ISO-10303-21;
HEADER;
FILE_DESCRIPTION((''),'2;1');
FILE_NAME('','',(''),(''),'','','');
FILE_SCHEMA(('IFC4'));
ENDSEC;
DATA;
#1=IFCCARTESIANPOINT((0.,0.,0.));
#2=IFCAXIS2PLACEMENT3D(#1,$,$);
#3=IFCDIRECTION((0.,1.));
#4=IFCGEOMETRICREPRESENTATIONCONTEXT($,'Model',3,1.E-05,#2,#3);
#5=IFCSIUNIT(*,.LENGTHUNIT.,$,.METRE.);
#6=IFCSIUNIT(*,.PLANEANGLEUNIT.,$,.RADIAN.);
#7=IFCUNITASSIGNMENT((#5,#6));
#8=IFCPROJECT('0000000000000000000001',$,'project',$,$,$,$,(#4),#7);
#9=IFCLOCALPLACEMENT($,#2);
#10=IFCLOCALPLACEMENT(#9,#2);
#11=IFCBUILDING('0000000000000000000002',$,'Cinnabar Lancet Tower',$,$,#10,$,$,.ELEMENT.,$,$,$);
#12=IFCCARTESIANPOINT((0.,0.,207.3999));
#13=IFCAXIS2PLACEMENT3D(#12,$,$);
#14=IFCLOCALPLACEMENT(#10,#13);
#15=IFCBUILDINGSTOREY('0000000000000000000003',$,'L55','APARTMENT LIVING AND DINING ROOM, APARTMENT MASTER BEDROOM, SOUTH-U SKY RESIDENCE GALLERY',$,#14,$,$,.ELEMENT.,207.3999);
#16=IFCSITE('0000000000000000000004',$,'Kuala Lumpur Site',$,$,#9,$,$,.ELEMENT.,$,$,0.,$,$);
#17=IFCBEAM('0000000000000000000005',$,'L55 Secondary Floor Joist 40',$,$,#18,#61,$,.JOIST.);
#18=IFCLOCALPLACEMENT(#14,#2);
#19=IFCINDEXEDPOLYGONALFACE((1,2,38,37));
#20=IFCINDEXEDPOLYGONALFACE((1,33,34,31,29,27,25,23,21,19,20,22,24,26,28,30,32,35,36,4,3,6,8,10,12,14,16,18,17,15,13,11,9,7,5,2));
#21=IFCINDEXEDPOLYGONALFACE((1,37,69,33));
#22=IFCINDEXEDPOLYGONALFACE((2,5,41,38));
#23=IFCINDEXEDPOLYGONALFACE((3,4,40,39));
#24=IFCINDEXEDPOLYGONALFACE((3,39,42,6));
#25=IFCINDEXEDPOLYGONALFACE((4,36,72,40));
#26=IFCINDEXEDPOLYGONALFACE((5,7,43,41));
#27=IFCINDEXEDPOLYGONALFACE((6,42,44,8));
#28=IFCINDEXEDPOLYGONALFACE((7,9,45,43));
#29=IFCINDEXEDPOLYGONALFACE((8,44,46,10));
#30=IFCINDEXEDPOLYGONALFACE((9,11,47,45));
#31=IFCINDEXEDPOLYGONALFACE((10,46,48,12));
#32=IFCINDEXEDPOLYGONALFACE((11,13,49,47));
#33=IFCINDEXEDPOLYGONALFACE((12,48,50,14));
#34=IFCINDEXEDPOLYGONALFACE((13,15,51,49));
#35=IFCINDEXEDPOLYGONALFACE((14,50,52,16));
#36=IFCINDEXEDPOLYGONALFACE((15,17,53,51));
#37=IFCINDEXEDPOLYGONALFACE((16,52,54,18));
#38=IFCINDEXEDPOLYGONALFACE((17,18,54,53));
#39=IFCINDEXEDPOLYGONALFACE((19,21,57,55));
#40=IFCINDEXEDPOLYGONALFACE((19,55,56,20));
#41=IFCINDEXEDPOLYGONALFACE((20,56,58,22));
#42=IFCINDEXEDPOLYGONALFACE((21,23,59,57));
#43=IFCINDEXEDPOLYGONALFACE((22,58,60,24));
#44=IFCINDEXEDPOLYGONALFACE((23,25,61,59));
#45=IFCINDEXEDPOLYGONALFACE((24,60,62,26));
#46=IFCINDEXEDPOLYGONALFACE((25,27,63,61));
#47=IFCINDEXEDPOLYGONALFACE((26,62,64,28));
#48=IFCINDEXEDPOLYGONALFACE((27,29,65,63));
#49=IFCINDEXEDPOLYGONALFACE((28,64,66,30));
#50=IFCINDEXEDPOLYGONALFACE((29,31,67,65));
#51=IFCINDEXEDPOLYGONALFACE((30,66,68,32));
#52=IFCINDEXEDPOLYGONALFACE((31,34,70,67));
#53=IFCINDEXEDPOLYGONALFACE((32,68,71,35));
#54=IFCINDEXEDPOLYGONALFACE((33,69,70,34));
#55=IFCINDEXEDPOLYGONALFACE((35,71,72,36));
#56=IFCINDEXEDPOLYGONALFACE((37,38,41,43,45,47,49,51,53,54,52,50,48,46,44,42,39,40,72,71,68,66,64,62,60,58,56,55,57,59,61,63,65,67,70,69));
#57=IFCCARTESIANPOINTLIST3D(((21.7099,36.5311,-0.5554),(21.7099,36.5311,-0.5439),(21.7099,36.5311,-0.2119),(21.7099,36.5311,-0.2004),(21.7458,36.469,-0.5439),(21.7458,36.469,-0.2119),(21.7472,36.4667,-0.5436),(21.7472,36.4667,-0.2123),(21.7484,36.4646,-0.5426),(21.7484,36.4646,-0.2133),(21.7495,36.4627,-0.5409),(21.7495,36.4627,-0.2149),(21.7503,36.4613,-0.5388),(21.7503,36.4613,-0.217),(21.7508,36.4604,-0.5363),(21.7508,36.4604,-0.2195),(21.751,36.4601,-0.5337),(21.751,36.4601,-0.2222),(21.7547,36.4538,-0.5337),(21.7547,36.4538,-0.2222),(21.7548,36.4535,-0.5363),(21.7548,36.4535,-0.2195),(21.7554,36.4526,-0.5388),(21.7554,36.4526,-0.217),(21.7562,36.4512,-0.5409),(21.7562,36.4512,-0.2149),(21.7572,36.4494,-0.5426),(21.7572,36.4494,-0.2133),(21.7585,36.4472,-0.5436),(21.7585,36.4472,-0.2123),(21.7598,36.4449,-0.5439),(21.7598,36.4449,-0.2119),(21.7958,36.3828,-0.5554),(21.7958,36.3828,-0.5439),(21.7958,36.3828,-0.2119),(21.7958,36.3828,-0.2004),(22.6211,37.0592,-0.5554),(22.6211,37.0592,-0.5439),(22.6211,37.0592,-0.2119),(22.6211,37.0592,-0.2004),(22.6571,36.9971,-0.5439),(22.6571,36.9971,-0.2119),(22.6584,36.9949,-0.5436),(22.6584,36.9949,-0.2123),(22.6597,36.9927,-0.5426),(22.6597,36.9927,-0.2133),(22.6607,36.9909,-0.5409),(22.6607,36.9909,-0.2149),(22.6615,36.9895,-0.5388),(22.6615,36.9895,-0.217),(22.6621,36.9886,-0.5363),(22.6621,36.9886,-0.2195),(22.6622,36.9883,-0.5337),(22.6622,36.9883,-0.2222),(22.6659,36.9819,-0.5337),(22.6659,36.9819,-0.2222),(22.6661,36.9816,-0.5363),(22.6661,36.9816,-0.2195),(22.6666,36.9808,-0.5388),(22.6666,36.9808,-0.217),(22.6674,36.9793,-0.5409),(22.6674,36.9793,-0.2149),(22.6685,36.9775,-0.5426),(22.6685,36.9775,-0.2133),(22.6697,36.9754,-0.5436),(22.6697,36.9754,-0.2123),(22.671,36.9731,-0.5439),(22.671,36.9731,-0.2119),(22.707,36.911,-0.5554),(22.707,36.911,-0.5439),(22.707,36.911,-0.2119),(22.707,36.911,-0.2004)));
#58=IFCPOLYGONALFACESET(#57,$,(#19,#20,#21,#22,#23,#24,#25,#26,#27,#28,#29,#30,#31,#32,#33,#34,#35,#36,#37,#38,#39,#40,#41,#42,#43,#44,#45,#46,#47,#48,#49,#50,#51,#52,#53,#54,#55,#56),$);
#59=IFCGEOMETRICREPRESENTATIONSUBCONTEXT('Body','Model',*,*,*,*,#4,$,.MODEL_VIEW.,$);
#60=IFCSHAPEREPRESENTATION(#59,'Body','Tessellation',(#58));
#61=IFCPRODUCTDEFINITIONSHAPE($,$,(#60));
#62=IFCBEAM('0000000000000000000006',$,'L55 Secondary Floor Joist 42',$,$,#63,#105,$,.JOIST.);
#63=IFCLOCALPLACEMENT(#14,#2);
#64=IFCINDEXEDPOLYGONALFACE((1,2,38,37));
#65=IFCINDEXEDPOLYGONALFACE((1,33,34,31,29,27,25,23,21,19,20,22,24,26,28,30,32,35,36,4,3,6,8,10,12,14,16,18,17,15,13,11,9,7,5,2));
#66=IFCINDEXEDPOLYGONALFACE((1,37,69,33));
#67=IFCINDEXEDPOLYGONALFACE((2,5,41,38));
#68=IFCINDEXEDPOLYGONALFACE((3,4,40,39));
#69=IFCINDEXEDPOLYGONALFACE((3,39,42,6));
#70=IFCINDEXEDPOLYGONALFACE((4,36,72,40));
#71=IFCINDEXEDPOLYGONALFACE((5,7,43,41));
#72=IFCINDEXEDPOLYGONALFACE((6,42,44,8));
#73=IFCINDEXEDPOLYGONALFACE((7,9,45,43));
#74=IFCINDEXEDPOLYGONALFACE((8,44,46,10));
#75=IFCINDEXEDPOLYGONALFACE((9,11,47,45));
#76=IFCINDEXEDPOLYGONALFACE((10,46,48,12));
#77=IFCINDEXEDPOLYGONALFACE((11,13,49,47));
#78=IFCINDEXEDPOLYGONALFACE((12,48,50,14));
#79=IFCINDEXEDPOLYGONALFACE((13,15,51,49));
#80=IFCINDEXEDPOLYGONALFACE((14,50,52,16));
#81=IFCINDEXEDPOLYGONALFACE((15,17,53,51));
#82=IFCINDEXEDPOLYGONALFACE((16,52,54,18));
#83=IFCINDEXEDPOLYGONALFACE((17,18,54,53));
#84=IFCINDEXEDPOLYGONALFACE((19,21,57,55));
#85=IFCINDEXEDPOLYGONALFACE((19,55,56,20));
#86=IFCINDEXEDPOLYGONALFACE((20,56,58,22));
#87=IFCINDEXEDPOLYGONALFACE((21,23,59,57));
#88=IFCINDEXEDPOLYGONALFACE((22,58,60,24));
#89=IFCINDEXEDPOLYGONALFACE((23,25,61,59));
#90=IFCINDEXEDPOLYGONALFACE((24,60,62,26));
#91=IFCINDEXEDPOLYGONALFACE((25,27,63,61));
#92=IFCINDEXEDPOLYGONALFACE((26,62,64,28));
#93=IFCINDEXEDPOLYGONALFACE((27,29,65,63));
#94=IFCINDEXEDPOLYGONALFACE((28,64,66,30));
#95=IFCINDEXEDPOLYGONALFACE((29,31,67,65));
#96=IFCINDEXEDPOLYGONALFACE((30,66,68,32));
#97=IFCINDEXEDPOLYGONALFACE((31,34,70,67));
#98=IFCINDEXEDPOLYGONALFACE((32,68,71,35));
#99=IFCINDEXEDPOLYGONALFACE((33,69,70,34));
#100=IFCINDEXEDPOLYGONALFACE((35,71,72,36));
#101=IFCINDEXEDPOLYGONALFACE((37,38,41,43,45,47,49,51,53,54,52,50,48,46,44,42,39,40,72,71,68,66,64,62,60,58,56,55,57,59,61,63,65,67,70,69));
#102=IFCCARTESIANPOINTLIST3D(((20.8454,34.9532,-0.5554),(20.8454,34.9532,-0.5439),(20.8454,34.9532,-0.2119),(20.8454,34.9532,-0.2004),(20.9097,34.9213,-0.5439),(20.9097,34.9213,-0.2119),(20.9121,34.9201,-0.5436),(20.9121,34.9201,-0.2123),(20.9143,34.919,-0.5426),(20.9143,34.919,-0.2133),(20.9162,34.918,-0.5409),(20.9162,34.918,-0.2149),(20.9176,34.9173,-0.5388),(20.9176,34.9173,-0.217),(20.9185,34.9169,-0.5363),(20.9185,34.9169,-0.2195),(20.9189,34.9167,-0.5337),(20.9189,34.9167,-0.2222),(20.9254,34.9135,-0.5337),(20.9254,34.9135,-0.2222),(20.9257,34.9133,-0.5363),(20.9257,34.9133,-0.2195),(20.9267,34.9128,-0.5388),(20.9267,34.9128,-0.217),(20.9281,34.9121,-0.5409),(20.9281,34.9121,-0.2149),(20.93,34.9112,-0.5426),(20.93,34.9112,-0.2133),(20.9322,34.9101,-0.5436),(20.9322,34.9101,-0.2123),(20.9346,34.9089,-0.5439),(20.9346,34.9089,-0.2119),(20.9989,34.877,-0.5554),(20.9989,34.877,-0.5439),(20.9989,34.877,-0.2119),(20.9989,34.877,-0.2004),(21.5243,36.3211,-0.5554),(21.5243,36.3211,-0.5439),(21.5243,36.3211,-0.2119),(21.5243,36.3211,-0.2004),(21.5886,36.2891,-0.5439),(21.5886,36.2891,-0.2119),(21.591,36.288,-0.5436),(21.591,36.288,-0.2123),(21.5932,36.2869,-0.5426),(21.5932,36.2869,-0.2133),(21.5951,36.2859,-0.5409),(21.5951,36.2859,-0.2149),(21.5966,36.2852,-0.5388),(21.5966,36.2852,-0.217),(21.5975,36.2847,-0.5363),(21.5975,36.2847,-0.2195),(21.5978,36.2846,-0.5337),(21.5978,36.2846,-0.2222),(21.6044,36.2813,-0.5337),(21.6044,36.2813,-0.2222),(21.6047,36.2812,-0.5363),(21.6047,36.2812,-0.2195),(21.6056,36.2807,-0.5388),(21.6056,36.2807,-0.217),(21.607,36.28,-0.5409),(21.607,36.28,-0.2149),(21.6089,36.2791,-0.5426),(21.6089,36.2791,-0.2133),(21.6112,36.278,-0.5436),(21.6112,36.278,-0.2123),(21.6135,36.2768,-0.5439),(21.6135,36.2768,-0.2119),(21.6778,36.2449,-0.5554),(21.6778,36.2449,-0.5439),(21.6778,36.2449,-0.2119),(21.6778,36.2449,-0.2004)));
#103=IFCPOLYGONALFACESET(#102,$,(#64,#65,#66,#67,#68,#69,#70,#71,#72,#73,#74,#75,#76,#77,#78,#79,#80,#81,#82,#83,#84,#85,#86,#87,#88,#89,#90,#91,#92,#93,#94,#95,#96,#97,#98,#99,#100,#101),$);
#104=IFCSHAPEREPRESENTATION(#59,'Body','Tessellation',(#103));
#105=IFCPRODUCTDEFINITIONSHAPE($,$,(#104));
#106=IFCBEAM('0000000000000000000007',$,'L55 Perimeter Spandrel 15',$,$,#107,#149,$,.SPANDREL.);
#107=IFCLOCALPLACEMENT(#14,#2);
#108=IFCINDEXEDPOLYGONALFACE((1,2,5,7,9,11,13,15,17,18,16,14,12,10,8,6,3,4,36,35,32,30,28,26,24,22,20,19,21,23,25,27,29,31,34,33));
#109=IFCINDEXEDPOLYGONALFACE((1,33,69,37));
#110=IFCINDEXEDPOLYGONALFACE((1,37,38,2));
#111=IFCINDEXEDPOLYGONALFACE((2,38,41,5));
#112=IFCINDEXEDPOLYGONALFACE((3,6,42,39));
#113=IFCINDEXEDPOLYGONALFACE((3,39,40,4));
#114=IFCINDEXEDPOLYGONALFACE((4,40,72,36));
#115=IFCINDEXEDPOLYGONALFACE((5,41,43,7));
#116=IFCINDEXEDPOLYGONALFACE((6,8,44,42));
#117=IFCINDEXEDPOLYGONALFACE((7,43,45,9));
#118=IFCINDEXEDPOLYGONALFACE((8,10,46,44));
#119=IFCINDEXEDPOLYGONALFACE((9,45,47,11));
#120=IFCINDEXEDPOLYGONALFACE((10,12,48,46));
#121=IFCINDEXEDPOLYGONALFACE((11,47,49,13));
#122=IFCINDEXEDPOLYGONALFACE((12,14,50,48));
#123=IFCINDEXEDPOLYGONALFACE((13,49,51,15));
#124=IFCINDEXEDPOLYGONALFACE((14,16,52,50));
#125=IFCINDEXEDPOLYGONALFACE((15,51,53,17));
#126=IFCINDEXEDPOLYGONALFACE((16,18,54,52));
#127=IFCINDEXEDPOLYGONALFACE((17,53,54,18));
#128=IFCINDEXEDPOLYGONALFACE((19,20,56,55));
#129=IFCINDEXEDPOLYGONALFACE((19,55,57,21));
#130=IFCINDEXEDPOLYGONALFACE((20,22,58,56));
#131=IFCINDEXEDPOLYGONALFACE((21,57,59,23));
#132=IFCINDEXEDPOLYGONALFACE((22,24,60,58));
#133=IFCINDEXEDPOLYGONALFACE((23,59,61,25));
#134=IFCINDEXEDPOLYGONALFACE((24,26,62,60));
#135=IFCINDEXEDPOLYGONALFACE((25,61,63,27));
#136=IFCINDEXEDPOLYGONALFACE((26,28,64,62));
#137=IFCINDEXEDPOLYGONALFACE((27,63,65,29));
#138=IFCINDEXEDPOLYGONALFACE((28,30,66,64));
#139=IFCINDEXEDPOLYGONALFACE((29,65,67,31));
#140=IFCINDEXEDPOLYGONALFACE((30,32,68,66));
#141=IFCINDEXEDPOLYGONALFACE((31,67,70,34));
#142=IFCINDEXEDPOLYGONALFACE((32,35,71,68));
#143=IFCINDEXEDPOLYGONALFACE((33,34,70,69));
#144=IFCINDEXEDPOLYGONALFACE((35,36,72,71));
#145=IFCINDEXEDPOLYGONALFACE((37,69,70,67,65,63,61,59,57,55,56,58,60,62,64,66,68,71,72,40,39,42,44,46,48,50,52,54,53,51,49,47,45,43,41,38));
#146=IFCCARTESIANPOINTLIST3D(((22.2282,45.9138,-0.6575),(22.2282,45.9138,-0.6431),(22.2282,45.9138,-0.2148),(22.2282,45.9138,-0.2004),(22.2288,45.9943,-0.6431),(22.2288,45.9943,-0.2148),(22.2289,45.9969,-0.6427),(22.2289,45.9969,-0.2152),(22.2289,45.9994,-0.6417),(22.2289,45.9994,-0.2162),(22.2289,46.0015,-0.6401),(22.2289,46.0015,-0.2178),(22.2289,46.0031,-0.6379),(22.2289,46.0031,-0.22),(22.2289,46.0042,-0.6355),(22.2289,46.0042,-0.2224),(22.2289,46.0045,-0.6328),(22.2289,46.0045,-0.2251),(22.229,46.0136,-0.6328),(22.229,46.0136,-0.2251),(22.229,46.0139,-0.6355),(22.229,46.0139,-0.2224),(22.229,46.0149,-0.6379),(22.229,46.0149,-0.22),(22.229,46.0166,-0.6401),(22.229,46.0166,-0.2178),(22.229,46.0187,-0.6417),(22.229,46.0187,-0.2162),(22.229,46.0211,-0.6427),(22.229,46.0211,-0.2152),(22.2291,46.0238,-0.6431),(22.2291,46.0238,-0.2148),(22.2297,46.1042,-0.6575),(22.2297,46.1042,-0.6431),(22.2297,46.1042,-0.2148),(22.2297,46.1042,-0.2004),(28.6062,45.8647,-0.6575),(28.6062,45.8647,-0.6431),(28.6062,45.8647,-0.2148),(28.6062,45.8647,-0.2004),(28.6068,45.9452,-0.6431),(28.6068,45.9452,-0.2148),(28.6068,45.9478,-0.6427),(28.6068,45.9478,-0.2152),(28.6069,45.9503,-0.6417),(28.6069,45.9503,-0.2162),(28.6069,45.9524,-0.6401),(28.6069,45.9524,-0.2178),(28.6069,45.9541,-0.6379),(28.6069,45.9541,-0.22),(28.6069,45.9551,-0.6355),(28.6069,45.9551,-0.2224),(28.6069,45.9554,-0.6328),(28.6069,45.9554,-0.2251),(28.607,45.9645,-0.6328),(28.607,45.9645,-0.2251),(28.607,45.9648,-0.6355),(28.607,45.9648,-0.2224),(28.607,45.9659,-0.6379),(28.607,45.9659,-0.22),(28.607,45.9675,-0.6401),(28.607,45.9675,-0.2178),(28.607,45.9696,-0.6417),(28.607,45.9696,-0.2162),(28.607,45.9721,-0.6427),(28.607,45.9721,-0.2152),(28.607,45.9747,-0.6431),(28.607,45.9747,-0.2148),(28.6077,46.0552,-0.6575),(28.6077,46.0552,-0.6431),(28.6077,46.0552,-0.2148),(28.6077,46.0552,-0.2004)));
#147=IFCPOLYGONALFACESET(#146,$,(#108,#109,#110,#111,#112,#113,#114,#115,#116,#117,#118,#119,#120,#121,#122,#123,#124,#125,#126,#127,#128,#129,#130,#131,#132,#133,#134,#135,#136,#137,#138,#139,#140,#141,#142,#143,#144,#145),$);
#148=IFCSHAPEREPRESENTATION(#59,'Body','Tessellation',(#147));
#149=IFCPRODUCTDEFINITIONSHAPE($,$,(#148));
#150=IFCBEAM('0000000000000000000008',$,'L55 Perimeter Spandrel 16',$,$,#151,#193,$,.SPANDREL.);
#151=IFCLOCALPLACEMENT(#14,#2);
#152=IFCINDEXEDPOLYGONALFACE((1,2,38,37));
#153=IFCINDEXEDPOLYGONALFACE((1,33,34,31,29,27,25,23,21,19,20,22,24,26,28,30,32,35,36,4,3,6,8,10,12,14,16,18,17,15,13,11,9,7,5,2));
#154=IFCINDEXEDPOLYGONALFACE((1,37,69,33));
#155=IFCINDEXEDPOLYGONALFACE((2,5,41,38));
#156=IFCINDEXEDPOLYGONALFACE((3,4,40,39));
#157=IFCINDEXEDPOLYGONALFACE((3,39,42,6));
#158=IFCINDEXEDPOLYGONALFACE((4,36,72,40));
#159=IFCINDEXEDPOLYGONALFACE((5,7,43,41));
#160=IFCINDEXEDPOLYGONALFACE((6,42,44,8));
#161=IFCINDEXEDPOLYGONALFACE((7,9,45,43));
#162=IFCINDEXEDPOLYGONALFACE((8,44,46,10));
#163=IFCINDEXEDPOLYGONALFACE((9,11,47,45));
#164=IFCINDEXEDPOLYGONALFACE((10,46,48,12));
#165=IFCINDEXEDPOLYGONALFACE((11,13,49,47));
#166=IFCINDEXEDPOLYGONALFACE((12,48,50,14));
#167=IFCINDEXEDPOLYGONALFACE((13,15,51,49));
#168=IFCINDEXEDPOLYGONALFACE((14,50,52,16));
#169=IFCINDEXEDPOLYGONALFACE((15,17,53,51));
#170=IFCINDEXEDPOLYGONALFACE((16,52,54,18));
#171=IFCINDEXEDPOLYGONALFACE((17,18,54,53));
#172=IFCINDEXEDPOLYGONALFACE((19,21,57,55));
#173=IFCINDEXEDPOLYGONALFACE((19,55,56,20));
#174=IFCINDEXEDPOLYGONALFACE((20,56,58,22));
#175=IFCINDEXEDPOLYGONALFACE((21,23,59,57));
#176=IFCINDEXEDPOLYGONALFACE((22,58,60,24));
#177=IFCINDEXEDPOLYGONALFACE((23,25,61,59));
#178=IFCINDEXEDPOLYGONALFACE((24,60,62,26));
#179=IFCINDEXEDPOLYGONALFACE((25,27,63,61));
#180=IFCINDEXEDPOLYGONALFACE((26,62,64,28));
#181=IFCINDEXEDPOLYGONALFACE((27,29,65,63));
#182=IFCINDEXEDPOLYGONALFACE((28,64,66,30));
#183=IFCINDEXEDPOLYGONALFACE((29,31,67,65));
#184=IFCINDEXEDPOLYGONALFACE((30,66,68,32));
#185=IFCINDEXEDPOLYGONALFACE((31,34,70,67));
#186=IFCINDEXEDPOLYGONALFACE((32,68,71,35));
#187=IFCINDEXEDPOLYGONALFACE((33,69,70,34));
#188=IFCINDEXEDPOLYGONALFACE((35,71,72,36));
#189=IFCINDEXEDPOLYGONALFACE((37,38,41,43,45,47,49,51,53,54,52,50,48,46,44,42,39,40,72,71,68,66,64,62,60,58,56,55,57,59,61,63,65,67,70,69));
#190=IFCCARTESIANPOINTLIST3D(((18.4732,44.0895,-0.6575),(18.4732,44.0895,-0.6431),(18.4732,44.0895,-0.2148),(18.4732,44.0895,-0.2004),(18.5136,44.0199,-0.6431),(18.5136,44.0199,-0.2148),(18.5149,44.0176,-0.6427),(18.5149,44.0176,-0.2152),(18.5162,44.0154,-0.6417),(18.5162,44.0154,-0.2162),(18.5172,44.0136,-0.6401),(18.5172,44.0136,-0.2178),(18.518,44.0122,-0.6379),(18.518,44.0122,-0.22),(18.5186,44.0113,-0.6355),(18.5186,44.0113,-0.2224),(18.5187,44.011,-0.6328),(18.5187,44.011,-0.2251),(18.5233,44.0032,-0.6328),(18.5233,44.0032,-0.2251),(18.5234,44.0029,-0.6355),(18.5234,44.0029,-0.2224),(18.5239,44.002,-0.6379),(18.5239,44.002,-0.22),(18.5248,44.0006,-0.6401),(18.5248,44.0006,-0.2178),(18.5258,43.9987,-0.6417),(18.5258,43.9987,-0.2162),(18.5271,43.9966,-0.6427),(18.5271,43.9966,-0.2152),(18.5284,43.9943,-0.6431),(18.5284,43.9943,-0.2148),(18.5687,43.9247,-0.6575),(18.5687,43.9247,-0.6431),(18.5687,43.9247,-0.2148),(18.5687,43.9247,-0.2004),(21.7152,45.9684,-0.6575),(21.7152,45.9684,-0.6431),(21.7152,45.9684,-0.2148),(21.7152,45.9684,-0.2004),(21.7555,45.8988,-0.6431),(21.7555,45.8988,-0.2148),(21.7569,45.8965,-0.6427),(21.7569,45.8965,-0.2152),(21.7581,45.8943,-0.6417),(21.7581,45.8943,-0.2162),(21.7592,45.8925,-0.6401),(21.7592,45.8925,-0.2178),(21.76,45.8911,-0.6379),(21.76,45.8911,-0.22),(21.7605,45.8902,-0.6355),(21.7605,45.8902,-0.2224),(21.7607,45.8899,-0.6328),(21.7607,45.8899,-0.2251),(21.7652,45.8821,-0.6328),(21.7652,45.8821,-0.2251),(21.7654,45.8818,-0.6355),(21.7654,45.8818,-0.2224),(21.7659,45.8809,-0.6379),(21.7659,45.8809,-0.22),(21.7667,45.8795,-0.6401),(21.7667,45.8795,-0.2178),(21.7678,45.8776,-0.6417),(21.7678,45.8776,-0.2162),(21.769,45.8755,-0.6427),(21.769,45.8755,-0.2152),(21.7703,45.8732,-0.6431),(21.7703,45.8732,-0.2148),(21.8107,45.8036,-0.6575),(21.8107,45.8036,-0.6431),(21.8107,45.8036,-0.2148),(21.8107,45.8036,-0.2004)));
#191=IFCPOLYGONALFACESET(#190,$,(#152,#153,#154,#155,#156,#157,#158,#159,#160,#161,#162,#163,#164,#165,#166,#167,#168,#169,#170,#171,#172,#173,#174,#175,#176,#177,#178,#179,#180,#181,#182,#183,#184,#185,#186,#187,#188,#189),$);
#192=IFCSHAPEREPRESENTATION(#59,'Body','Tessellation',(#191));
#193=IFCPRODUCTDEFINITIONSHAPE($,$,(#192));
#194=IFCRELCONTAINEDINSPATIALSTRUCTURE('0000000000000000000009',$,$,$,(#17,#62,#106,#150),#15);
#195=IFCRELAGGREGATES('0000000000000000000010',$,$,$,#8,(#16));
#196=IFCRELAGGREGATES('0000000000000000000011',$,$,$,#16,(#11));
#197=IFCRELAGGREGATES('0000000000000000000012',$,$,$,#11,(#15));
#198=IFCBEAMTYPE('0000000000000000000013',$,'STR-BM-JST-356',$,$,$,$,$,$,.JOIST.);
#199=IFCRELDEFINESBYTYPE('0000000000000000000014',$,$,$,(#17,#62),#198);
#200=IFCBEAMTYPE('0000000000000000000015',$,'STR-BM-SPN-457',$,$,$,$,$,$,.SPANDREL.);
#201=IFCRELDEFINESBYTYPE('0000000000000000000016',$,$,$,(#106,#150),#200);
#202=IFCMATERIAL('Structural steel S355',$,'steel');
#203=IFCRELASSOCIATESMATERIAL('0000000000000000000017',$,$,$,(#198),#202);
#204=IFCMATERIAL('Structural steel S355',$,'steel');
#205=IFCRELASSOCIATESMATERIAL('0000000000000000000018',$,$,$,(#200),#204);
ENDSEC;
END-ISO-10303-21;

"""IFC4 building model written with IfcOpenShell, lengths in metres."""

from ifc_helpers import new_model, si_unit, direction, frame, origin, origin_2d, place, context, subcontext, project, spatial, i_section, extrude, material, material_profile, profile_set, type_object, element, save


model = new_model("IFC4")

# Units and contexts
model_context = context("Model", 3, precision=1e-05, world=origin(), true_north=direction((0.0, 1.0)))
body_context = subcontext(model_context, "Body", "Model", "MODEL_VIEW")
ifc_project = project(units=[si_unit("LENGTHUNIT", "METRE"), si_unit("PLANEANGLEUNIT", "RADIAN")], contexts=[model_context])

# Site, building, storey
site_placement = place(None, origin())
site = spatial("IfcSite", under=ifc_project, at=site_placement, Name="Kuala Lumpur Site", CompositionType="ELEMENT", RefElevation=0.0)
building_placement = place(site_placement, origin())
building = spatial("IfcBuilding", under=site, at=building_placement, Name="Cinnabar Lancet Tower", CompositionType="ELEMENT")
storey_placement = place(building_placement, frame((0.0, 0.0, 207.3999)))
storey = spatial("IfcBuildingStorey", under=building, at=storey_placement, Name="L55", Description="APARTMENT LIVING AND DINING ROOM, APARTMENT MASTER BEDROOM, SOUTH-U SKY RESIDENCE GALLERY", CompositionType="ELEMENT", Elevation=207.3999)

# Beams
ifc_material_1 = material(Name="Structural steel S355", Category="steel")
ifc_material_profile_1 = material_profile(ifc_material_1, i_section(OverallWidth=0.1714, OverallDepth=0.355, WebThickness=0.0073, FlangeThickness=0.0115, FilletRadius=0.0103, at=origin_2d()), Name="UKB 356x171x51")
ifc_profile_set_1 = profile_set([ifc_material_profile_1], Name="Structural steel S355")
beam_type_1 = type_object("IfcBeamType", Name="STR-BM-JST-356", PredefinedType="JOIST", material=ifc_profile_set_1)
beam_1_placement = place(storey_placement, frame((22.6641, 36.9851, -0.3779), z_axis=(-0.865188, -0.501447, 0.0), x_axis=(0.501447, -0.865188, 0.0)))
element("IfcBeam", 1, at=beam_1_placement, inside=storey, type_object=beam_type_1, Name="L55 Secondary Floor Joist 40", PredefinedType="JOIST", context=body_context, shape_type="SweptSolid", body=[
    extrude(i_section(OverallWidth=0.1714, OverallDepth=0.355, WebThickness=0.0073, FlangeThickness=0.0115, FilletRadius=0.0103, at=origin_2d()), origin(), (0.0, 0.0, 1.0), 1.0532),
])
beam_2_placement = place(storey_placement, frame((21.6011, 36.283, -0.3779), z_axis=(-0.44459, -0.895734, 0.0), x_axis=(0.895734, -0.44459, 0.0)))
element("IfcBeam", 2, at=beam_2_placement, inside=storey, type_object=beam_type_1, Name="L55 Secondary Floor Joist 42", PredefinedType="JOIST", context=body_context, shape_type="SweptSolid", body=[
    extrude(i_section(OverallWidth=0.1714, OverallDepth=0.355, WebThickness=0.0073, FlangeThickness=0.0115, FilletRadius=0.0103, at=origin_2d()), origin(), (0.0, 0.0, 1.0), 1.5271),
])
ifc_material_2 = material(Name="Structural steel S355", Category="steel")
ifc_material_profile_2 = material_profile(ifc_material_2, i_section(OverallWidth=0.1904, OverallDepth=0.457, WebThickness=0.009, FlangeThickness=0.0144, FilletRadius=0.0103, at=origin_2d()), Name="UKB 457x191x74")
ifc_profile_set_2 = profile_set([ifc_material_profile_2], Name="Structural steel S355")
beam_type_2 = type_object("IfcBeamType", Name="STR-BM-SPN-457", PredefinedType="SPANDREL", material=ifc_profile_set_2)
beam_3_placement = place(storey_placement, frame((28.6069, 45.96, -0.429), z_axis=(-0.99997, 0.007694, 0.0), x_axis=(-0.007694, -0.99997, 0.0)))
element("IfcBeam", 3, at=beam_3_placement, inside=storey, type_object=beam_type_2, Name="L55 Perimeter Spandrel 15", PredefinedType="SPANDREL", context=body_context, shape_type="SweptSolid", body=[
    extrude(i_section(OverallWidth=0.1904, OverallDepth=0.457, WebThickness=0.009, FlangeThickness=0.0144, FilletRadius=0.0103, at=origin_2d()), origin(), (0.0, 0.0, 1.0), 6.3782),
])
beam_4_placement = place(storey_placement, frame((21.7629, 45.886, -0.429), z_axis=(-0.865196, -0.501434, 0.0), x_axis=(0.501434, -0.865196, 0.0)))
element("IfcBeam", 4, at=beam_4_placement, inside=storey, type_object=beam_type_2, Name="L55 Perimeter Spandrel 16", PredefinedType="SPANDREL", context=body_context, shape_type="SweptSolid", body=[
    extrude(i_section(OverallWidth=0.1904, OverallDepth=0.457, WebThickness=0.009, FlangeThickness=0.0144, FilletRadius=0.0103, at=origin_2d()), origin(), (0.0, 0.0, 1.0), 3.7471),
])

save(model, "model.ifc")
